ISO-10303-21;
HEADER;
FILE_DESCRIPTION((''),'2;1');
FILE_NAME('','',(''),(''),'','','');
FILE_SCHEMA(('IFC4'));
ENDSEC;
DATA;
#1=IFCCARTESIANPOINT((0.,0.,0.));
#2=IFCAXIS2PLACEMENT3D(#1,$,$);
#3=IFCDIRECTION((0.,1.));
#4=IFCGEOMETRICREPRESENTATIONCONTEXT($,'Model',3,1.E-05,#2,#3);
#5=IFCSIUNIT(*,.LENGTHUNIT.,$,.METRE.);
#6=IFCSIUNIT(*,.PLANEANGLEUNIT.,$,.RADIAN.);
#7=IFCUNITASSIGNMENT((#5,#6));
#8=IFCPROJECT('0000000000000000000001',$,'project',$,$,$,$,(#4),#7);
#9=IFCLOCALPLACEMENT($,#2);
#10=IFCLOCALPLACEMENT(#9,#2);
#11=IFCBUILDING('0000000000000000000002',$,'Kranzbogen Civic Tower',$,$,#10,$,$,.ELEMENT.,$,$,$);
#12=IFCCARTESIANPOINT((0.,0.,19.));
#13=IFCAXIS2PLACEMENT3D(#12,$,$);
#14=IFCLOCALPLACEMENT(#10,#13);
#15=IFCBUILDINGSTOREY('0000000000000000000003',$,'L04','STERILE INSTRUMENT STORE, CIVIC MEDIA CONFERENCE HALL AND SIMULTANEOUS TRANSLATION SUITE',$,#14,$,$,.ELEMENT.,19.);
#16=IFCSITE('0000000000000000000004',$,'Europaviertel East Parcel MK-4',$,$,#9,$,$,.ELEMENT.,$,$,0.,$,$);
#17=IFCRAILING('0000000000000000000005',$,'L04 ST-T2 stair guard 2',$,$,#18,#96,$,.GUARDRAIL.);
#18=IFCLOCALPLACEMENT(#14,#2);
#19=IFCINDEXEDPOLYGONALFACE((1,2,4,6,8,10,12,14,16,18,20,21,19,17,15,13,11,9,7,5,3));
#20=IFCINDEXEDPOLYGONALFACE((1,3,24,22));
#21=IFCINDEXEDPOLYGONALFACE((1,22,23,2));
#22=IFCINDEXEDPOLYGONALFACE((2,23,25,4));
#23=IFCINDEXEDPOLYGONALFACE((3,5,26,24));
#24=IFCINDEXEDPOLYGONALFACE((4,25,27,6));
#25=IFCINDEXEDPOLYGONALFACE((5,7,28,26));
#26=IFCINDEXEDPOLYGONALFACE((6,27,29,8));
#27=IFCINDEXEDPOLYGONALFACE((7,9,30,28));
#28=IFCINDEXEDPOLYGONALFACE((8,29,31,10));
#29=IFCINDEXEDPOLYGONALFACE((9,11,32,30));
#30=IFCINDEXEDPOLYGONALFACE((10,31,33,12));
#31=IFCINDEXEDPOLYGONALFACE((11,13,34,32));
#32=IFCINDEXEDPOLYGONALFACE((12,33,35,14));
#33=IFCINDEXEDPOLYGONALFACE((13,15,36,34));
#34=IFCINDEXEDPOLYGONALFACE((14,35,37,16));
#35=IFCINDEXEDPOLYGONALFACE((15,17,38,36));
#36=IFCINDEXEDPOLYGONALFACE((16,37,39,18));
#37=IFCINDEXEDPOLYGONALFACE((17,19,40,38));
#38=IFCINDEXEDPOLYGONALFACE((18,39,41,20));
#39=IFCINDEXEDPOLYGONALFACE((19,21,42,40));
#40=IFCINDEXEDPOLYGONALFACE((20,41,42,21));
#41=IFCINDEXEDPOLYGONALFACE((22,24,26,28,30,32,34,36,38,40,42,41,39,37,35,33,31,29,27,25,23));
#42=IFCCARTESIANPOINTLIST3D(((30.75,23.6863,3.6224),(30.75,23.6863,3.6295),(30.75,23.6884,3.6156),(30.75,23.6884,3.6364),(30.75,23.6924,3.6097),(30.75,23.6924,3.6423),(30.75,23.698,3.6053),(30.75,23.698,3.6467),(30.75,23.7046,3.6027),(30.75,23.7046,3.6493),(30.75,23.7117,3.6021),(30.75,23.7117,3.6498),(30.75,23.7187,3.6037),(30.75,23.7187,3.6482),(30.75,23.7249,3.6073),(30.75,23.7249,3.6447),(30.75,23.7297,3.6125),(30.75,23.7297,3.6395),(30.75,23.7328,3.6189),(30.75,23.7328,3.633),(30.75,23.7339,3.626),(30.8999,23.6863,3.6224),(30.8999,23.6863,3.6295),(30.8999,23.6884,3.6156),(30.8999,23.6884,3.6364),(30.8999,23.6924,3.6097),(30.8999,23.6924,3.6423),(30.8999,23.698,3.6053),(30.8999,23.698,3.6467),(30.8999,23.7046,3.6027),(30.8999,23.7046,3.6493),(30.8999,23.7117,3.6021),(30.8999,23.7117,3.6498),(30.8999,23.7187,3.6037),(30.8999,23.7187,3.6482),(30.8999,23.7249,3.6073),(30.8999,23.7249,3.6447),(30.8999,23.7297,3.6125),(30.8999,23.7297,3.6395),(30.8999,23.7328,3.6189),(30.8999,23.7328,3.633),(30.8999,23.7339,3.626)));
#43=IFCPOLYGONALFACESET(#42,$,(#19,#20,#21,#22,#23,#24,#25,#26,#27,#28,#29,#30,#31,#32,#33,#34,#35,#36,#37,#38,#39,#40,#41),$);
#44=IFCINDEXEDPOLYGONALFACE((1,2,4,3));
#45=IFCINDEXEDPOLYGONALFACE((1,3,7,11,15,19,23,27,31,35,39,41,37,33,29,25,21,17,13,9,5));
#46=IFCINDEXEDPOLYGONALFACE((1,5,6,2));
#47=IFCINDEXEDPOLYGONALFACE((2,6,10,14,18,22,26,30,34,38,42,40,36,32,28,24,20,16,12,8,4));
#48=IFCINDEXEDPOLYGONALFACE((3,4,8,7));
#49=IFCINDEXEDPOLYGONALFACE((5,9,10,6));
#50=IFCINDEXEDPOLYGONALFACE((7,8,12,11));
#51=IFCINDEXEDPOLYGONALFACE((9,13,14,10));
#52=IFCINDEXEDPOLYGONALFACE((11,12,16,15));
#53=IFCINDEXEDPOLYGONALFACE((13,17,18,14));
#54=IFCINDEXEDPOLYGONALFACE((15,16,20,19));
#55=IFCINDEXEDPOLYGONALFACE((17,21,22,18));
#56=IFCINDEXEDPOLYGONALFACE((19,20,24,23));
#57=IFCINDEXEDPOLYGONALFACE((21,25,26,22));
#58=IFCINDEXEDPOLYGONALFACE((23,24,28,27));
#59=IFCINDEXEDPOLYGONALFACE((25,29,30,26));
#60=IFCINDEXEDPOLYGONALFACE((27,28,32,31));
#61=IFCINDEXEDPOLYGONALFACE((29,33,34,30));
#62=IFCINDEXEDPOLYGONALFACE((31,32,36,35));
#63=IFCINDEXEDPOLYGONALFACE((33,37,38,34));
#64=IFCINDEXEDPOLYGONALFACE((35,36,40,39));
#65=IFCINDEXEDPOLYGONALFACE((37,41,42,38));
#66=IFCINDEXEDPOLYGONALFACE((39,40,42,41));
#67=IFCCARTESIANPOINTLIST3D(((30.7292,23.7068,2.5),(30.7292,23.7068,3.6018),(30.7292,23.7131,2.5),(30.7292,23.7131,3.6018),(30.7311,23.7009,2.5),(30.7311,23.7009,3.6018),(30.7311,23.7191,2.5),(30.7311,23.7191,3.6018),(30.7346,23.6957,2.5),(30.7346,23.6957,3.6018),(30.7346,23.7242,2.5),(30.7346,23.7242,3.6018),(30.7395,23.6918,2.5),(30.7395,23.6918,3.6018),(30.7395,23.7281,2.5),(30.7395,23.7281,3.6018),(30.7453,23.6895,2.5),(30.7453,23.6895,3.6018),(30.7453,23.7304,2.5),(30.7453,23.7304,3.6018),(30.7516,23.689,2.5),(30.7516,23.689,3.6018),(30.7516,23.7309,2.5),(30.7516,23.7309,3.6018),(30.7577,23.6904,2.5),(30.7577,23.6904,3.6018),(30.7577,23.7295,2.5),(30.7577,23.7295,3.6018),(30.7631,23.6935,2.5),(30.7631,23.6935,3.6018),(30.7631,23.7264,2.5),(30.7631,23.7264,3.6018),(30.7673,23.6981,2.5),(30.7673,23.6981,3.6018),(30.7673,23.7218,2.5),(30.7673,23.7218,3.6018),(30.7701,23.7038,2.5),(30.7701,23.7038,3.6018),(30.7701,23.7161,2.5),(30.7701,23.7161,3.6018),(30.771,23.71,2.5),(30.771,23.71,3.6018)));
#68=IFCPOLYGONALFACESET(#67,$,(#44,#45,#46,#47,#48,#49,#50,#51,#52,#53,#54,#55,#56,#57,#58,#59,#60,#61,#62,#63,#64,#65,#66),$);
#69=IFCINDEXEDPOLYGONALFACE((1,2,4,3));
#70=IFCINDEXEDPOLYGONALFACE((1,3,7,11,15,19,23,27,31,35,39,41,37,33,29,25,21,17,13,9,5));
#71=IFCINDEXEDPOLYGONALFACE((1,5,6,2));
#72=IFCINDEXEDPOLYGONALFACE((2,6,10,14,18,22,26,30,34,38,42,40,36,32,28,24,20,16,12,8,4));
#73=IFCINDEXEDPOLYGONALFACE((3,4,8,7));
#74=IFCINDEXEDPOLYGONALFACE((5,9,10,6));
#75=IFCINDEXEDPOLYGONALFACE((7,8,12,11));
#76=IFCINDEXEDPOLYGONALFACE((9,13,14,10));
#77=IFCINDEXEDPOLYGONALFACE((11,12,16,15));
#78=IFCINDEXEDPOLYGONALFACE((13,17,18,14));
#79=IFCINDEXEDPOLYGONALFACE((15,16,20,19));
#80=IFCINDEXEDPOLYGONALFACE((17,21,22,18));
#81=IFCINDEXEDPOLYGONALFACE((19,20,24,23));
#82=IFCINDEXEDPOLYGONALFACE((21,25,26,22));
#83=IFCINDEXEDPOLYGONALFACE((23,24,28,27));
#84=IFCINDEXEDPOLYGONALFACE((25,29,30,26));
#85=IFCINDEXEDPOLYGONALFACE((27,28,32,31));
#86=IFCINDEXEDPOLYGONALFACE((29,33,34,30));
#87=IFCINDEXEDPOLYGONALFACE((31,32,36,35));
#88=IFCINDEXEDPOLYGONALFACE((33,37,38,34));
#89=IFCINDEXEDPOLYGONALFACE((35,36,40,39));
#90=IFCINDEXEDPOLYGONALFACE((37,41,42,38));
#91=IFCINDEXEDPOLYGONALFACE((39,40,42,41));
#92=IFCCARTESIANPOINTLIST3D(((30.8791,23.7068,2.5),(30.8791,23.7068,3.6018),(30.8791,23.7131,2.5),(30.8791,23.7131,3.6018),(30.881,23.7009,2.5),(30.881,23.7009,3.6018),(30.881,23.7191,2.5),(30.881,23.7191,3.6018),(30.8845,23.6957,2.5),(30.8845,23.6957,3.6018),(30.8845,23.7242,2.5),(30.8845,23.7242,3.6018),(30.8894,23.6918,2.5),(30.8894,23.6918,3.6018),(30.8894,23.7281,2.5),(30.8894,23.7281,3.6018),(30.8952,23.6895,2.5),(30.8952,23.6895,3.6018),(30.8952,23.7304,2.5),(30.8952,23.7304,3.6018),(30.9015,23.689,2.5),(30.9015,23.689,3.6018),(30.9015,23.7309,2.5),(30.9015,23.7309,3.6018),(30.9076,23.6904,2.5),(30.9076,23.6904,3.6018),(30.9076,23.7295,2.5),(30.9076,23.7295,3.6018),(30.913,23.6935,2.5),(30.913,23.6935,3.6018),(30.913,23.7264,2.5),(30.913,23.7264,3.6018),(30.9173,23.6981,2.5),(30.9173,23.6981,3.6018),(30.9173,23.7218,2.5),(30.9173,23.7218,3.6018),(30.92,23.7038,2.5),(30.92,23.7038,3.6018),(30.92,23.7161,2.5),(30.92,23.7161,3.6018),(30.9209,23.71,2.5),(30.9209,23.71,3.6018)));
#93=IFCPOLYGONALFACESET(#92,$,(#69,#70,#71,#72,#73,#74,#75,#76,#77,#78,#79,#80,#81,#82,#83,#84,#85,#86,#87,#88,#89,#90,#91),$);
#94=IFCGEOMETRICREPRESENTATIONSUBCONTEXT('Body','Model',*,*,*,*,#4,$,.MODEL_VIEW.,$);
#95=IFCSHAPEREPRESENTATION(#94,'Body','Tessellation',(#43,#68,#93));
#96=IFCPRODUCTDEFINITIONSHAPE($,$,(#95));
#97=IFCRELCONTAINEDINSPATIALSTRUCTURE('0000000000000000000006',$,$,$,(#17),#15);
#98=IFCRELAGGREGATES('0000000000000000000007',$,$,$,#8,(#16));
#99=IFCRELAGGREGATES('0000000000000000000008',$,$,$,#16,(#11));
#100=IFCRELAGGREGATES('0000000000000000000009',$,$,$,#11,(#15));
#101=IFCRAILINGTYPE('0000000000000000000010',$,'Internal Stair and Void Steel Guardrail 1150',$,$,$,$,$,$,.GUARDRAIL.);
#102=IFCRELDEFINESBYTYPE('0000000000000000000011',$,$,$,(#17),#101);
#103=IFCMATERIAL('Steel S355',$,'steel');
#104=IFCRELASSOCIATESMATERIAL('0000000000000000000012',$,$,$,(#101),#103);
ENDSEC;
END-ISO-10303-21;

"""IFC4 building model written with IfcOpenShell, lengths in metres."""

from ifc_helpers import new_model, si_unit, direction, frame, origin, origin_2d, place, context, subcontext, project, spatial, circle, extrude, material, type_object, element, save


model = new_model("IFC4")

# Units and contexts
model_context = context("Model", 3, precision=1e-05, world=origin(), true_north=direction((0.0, 1.0)))
body_context = subcontext(model_context, "Body", "Model", "MODEL_VIEW")
ifc_project = project(units=[si_unit("LENGTHUNIT", "METRE"), si_unit("PLANEANGLEUNIT", "RADIAN")], contexts=[model_context])

# Site, building, storey
site_placement = place(None, origin())
site = spatial("IfcSite", under=ifc_project, at=site_placement, Name="Europaviertel East Parcel MK-4", CompositionType="ELEMENT", RefElevation=0.0)
building_placement = place(site_placement, origin())
building = spatial("IfcBuilding", under=site, at=building_placement, Name="Kranzbogen Civic Tower", CompositionType="ELEMENT")
storey_placement = place(building_placement, frame((0.0, 0.0, 19.0)))
storey = spatial("IfcBuildingStorey", under=building, at=storey_placement, Name="L04", Description="STERILE INSTRUMENT STORE, CIVIC MEDIA CONFERENCE HALL AND SIMULTANEOUS TRANSLATION SUITE", CompositionType="ELEMENT", Elevation=19.0)

# Shared definitions
ifc_material_1 = material(Name="Steel S355", Category="steel")

# Railing
railing_type_1 = type_object("IfcRailingType", Name="Internal Stair and Void Steel Guardrail 1150", PredefinedType="GUARDRAIL", material=ifc_material_1)
railing_1_placement = place(storey_placement, frame((30.75, 23.71, 2.5)))
element("IfcRailing", 1, at=railing_1_placement, inside=storey, type_object=railing_type_1, Name="L04 ST-T2 stair guard 2", PredefinedType="GUARDRAIL", context=body_context, shape_type="SweptSolid", body=[
    extrude(circle(Radius=0.0239, at=origin_2d()), frame((0.0, 0.0, 1.126), z_axis=(1.0, 0.0, 0.0), x_axis=(0.0, 1.0, 0.0)), (0.0, 0.0, 1.0), 0.1499),
    extrude(circle(Radius=0.021, at=origin_2d()), origin(), (0.0, 0.0, 1.0), 1.1018),
    extrude(circle(Radius=0.021, at=origin_2d()), frame((0.1499, 0.0, 0.0)), (0.0, 0.0, 1.0), 1.1018),
])

save(model, "model.ifc")
